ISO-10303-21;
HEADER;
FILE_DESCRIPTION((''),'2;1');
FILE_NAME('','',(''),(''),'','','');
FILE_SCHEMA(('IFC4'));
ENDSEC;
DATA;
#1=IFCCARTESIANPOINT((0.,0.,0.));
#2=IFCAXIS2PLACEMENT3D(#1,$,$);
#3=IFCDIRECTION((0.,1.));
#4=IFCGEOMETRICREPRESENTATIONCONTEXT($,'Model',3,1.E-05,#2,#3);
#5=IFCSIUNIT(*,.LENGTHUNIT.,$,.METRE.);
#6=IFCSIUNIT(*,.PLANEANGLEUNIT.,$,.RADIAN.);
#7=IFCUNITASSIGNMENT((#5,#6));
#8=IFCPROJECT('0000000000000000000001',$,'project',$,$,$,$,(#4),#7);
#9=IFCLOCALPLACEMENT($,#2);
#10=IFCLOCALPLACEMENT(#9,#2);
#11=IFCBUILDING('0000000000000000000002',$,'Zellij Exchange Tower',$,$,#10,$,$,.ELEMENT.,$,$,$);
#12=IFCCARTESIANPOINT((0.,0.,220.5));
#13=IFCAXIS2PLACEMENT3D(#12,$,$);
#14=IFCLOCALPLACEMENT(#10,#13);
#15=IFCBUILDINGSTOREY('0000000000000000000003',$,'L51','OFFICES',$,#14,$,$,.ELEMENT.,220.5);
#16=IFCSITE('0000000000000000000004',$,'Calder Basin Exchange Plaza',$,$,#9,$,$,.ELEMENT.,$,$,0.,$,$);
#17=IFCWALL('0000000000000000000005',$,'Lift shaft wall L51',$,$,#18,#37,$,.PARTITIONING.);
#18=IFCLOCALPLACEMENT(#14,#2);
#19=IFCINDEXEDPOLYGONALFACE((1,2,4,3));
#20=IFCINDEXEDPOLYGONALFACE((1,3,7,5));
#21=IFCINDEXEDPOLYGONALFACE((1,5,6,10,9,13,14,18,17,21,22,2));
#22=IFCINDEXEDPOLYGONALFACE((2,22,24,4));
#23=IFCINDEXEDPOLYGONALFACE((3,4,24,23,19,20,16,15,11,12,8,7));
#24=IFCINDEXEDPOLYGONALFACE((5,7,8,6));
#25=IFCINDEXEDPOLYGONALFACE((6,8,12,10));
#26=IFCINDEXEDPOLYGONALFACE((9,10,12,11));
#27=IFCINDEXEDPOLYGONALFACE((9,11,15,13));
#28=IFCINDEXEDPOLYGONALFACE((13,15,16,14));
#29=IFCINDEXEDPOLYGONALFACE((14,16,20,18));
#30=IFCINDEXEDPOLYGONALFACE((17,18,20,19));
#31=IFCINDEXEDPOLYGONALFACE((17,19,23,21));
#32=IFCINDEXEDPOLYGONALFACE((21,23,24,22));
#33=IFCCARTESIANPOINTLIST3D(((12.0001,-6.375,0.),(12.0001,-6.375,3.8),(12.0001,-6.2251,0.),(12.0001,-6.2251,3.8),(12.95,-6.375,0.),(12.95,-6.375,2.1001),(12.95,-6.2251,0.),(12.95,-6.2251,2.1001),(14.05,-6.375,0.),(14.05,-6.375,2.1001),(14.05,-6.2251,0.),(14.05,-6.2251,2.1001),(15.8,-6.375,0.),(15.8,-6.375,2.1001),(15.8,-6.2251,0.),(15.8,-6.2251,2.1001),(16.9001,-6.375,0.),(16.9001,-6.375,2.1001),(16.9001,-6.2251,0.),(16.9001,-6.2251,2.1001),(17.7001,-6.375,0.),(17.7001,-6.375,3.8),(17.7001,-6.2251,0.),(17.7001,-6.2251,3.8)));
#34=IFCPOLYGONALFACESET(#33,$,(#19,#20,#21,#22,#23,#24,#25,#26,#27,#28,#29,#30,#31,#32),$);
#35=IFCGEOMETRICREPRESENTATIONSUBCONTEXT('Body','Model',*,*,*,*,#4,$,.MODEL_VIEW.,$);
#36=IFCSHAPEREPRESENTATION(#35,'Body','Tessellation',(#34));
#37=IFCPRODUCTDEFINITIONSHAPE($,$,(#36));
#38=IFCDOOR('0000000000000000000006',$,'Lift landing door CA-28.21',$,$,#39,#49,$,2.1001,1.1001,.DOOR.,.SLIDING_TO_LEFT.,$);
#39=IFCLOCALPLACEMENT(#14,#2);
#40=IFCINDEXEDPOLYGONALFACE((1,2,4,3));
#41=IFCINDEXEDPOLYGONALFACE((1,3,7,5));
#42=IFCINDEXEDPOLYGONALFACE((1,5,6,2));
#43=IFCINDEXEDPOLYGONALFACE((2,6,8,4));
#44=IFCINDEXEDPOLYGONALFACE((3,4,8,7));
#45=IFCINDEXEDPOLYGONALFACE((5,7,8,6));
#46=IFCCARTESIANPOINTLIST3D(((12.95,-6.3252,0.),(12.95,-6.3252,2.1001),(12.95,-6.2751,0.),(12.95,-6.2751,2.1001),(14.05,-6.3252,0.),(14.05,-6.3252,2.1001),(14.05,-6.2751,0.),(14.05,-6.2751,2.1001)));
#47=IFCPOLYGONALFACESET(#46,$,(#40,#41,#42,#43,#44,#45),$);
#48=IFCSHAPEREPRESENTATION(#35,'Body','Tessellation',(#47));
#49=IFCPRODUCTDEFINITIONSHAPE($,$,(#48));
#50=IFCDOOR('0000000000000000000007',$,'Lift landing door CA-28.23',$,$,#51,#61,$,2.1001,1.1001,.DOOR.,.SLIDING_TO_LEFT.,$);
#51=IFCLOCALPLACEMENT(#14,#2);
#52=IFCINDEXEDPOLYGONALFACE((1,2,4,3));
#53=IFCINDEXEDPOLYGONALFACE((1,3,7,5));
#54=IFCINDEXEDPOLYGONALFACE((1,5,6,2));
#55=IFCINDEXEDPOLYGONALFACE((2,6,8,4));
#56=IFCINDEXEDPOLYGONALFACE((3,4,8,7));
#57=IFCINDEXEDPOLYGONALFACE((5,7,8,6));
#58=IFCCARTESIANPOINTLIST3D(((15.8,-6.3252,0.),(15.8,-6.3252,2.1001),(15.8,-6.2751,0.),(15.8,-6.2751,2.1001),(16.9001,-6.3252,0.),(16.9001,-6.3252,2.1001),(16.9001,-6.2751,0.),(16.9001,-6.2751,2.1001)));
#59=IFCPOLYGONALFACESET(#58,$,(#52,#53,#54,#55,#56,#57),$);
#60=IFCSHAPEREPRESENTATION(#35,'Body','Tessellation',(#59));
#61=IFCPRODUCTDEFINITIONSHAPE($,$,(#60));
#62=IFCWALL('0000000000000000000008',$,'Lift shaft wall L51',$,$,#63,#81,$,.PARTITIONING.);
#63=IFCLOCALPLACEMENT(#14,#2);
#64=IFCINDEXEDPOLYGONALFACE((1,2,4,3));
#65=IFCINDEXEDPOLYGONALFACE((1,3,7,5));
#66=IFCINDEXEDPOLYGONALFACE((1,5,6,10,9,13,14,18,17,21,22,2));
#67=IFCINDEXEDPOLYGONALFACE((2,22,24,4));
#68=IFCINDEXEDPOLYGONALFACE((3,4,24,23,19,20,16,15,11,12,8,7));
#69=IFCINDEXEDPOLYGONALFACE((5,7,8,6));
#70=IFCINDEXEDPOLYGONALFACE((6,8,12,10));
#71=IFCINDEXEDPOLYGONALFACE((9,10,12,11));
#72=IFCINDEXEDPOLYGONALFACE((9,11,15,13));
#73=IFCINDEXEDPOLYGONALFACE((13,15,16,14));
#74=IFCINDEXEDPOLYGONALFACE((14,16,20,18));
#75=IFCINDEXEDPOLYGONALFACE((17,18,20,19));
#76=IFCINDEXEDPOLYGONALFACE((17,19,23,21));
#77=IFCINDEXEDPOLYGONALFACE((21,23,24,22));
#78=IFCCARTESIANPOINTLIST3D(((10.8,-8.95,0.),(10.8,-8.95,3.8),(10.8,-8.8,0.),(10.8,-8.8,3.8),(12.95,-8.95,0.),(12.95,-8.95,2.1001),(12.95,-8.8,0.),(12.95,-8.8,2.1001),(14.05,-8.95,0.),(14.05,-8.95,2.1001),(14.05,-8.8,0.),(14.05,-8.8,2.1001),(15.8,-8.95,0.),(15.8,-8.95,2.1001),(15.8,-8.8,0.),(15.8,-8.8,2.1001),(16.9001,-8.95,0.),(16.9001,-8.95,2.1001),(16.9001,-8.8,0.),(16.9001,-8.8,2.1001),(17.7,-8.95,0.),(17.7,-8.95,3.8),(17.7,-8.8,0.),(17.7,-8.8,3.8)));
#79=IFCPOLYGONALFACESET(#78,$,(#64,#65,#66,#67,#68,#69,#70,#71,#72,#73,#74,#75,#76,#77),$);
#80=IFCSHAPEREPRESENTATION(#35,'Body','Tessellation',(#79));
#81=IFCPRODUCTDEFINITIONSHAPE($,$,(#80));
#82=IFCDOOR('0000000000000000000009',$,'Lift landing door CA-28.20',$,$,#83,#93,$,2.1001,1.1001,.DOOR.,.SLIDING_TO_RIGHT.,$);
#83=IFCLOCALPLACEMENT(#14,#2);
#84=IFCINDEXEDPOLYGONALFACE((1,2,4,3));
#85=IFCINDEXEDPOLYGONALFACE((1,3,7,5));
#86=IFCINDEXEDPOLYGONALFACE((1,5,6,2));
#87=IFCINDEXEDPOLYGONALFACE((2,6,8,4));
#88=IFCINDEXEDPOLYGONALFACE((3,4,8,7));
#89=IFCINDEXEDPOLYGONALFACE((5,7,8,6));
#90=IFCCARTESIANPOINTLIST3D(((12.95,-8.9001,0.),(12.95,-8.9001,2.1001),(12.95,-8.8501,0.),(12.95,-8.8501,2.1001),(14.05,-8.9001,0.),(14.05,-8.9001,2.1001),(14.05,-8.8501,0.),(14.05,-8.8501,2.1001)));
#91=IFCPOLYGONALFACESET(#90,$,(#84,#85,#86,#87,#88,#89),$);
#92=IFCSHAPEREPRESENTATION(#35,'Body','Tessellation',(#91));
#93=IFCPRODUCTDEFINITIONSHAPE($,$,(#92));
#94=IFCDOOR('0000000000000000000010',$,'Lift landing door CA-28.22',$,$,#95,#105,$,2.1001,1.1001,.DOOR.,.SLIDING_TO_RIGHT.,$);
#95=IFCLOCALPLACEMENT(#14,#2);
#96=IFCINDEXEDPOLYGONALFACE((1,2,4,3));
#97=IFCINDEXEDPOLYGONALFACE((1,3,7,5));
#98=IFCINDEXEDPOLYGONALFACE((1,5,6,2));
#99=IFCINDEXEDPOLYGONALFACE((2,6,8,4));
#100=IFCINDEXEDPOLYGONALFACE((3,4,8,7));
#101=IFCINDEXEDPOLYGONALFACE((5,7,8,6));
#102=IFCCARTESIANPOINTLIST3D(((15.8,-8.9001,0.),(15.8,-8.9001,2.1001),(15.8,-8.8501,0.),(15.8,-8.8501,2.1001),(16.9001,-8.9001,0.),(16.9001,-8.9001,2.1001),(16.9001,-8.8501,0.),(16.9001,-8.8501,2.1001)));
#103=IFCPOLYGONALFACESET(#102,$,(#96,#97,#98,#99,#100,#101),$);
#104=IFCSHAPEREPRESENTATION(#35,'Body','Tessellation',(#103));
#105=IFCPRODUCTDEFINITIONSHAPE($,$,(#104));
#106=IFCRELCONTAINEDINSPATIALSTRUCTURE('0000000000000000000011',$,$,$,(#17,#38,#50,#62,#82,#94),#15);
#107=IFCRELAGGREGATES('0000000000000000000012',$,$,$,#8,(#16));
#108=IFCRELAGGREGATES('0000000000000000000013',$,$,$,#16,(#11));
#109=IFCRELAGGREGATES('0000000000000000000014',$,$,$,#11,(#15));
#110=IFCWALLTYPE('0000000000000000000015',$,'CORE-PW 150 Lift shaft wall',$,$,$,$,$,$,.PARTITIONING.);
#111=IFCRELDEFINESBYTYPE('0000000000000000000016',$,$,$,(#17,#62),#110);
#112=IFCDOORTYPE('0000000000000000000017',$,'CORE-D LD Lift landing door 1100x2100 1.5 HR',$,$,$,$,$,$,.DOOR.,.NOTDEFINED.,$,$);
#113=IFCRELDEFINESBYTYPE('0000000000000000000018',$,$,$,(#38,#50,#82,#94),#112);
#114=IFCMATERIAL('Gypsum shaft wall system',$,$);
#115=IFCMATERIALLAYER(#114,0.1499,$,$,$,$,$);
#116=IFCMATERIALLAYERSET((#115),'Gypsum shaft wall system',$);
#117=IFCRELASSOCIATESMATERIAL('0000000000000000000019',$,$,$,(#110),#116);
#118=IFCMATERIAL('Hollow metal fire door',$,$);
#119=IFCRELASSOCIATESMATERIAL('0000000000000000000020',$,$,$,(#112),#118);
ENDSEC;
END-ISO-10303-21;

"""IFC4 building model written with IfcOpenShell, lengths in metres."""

from ifc_helpers import new_model, si_unit, direction, frame, frame_2d, origin, place, context, subcontext, project, spatial, rectangle, extrude, material, layer, layer_set, type_object, element, fill, save


model = new_model("IFC4")

# Units and contexts
model_context = context("Model", 3, precision=1e-05, world=origin(), true_north=direction((0.0, 1.0)))
body_context = subcontext(model_context, "Body", "Model", "MODEL_VIEW")
ifc_project = project(units=[si_unit("LENGTHUNIT", "METRE"), si_unit("PLANEANGLEUNIT", "RADIAN")], contexts=[model_context])

# Site, building, storey
site_placement = place(None, origin())
site = spatial("IfcSite", under=ifc_project, at=site_placement, Name="Calder Basin Exchange Plaza", CompositionType="ELEMENT", RefElevation=0.0)
building_placement = place(site_placement, origin())
building = spatial("IfcBuilding", under=site, at=building_placement, Name="Zellij Exchange Tower", CompositionType="ELEMENT")
storey_placement = place(building_placement, frame((0.0, 0.0, 220.5)))
storey = spatial("IfcBuildingStorey", under=building, at=storey_placement, Name="L51", Description="OFFICES", CompositionType="ELEMENT", Elevation=220.5)

# Shared definitions
ifc_material_1 = material(Name="Hollow metal fire door")

# Shared definitions
ifc_material_2 = material(Name="Gypsum shaft wall system")
ifc_layer_1 = layer(ifc_material_2, 0.1499)
ifc_layer_set_1 = layer_set([ifc_layer_1], Name="Gypsum shaft wall system")
wall_type_1 = type_object("IfcWallType", Name="CORE-PW 150 Lift shaft wall", PredefinedType="PARTITIONING", material=ifc_layer_set_1)

# Walls, openings, doors
wall_1_placement = place(storey_placement, frame((12.0, -6.3, 0.0), z_axis=(0.0, 0.0, 1.0), x_axis=(1.0, 0.0, 0.0)))
wall_1 = element("IfcWall", 1, at=wall_1_placement, inside=storey, type_object=wall_type_1, Name="Lift shaft wall L51", PredefinedType="PARTITIONING", context=body_context, shape_type="SweptSolid", body=[
    extrude(rectangle(XDim=5.7, YDim=0.1499, at=frame_2d((2.8501, 0.0))), origin(), (0.0, 0.0, 1.0), 3.8),
])
opening_1_placement = place(wall_1_placement, frame((0.95, 0.0, 0.0)))
opening_1 = element("IfcOpeningElement", 2, at=opening_1_placement, cuts=wall_1, PredefinedType="OPENING", context=body_context, shape_type="SweptSolid", body=[
    extrude(rectangle(XDim=1.1001, YDim=2.1001, at=frame_2d((0.55, 1.05))), frame((0.0, 0.0869, 0.0), z_axis=(0.0, -1.0, 0.0), x_axis=(1.0, 0.0, 0.0)), (0.0, 0.0, 1.0), 0.1738),
])
opening_2_placement = place(wall_1_placement, frame((3.8, 0.0, 0.0)))
opening_2 = element("IfcOpeningElement", 3, at=opening_2_placement, cuts=wall_1, PredefinedType="OPENING", context=body_context, shape_type="SweptSolid", body=[
    extrude(rectangle(XDim=1.1001, YDim=2.1001, at=frame_2d((0.55, 1.05))), frame((0.0, 0.0869, 0.0), z_axis=(0.0, -1.0, 0.0), x_axis=(1.0, 0.0, 0.0)), (0.0, 0.0, 1.0), 0.1738),
])
door_type_1 = type_object("IfcDoorType", Name="CORE-D LD Lift landing door 1100x2100 1.5 HR", OperationType="NOTDEFINED", PredefinedType="DOOR", material=ifc_material_1)
door_1_placement = place(opening_1_placement, origin())
door_1 = element("IfcDoor", 4, at=door_1_placement, inside=storey, type_object=door_type_1, Name="Lift landing door CA-28.21", OperationType="SLIDING_TO_LEFT", OverallHeight=2.1001, OverallWidth=1.1001, PredefinedType="DOOR", context=body_context, shape_type="SweptSolid", body=[
    extrude(rectangle(XDim=1.1001, YDim=2.1001, at=frame_2d((0.55, 1.05))), frame((0.0, 0.0249, 0.0), z_axis=(0.0, -1.0, 0.0), x_axis=(1.0, 0.0, 0.0)), (0.0, 0.0, 1.0), 0.05),
])
fill(opening_1, door_1)
door_2_placement = place(opening_2_placement, origin())
door_2 = element("IfcDoor", 5, at=door_2_placement, inside=storey, type_object=door_type_1, Name="Lift landing door CA-28.23", OperationType="SLIDING_TO_LEFT", OverallHeight=2.1001, OverallWidth=1.1001, PredefinedType="DOOR", context=body_context, shape_type="SweptSolid", body=[
    extrude(rectangle(XDim=1.1001, YDim=2.1001, at=frame_2d((0.55, 1.05))), frame((0.0, 0.0249, 0.0), z_axis=(0.0, -1.0, 0.0), x_axis=(1.0, 0.0, 0.0)), (0.0, 0.0, 1.0), 0.05),
])
fill(opening_2, door_2)
wall_2_placement = place(storey_placement, frame((10.8, -8.875, 0.0), z_axis=(0.0, 0.0, 1.0), x_axis=(1.0, 0.0, 0.0)))
wall_2 = element("IfcWall", 6, at=wall_2_placement, inside=storey, type_object=wall_type_1, Name="Lift shaft wall L51", PredefinedType="PARTITIONING", context=body_context, shape_type="SweptSolid", body=[
    extrude(rectangle(XDim=6.8999, YDim=0.1499, at=frame_2d((3.45, 0.0))), origin(), (0.0, 0.0, 1.0), 3.8),
])
opening_3_placement = place(wall_2_placement, frame((2.1499, 0.0, 0.0)))
opening_3 = element("IfcOpeningElement", 7, at=opening_3_placement, cuts=wall_2, PredefinedType="OPENING", context=body_context, shape_type="SweptSolid", body=[
    extrude(rectangle(XDim=1.1001, YDim=2.1001, at=frame_2d((0.55, 1.05))), frame((0.0, 0.0869, 0.0), z_axis=(0.0, -1.0, 0.0), x_axis=(1.0, 0.0, 0.0)), (0.0, 0.0, 1.0), 0.1738),
])
opening_4_placement = place(wall_2_placement, frame((5.0, 0.0, 0.0)))
opening_4 = element("IfcOpeningElement", 8, at=opening_4_placement, cuts=wall_2, PredefinedType="OPENING", context=body_context, shape_type="SweptSolid", body=[
    extrude(rectangle(XDim=1.1001, YDim=2.1001, at=frame_2d((0.55, 1.05))), frame((0.0, 0.0869, 0.0), z_axis=(0.0, -1.0, 0.0), x_axis=(1.0, 0.0, 0.0)), (0.0, 0.0, 1.0), 0.1738),
])
door_3_placement = place(opening_3_placement, origin())
door_3 = element("IfcDoor", 9, at=door_3_placement, inside=storey, type_object=door_type_1, Name="Lift landing door CA-28.20", OperationType="SLIDING_TO_RIGHT", OverallHeight=2.1001, OverallWidth=1.1001, PredefinedType="DOOR", context=body_context, shape_type="SweptSolid", body=[
    extrude(rectangle(XDim=1.1001, YDim=2.1001, at=frame_2d((0.55, 1.05))), frame((0.0, 0.0249, 0.0), z_axis=(0.0, -1.0, 0.0), x_axis=(1.0, 0.0, 0.0)), (0.0, 0.0, 1.0), 0.05),
])
fill(opening_3, door_3)
door_4_placement = place(opening_4_placement, origin())
door_4 = element("IfcDoor", 10, at=door_4_placement, inside=storey, type_object=door_type_1, Name="Lift landing door CA-28.22", OperationType="SLIDING_TO_RIGHT", OverallHeight=2.1001, OverallWidth=1.1001, PredefinedType="DOOR", context=body_context, shape_type="SweptSolid", body=[
    extrude(rectangle(XDim=1.1001, YDim=2.1001, at=frame_2d((0.55, 1.05))), frame((0.0, 0.0249, 0.0), z_axis=(0.0, -1.0, 0.0), x_axis=(1.0, 0.0, 0.0)), (0.0, 0.0, 1.0), 0.05),
])
fill(opening_4, door_4)

save(model, "model.ifc")
